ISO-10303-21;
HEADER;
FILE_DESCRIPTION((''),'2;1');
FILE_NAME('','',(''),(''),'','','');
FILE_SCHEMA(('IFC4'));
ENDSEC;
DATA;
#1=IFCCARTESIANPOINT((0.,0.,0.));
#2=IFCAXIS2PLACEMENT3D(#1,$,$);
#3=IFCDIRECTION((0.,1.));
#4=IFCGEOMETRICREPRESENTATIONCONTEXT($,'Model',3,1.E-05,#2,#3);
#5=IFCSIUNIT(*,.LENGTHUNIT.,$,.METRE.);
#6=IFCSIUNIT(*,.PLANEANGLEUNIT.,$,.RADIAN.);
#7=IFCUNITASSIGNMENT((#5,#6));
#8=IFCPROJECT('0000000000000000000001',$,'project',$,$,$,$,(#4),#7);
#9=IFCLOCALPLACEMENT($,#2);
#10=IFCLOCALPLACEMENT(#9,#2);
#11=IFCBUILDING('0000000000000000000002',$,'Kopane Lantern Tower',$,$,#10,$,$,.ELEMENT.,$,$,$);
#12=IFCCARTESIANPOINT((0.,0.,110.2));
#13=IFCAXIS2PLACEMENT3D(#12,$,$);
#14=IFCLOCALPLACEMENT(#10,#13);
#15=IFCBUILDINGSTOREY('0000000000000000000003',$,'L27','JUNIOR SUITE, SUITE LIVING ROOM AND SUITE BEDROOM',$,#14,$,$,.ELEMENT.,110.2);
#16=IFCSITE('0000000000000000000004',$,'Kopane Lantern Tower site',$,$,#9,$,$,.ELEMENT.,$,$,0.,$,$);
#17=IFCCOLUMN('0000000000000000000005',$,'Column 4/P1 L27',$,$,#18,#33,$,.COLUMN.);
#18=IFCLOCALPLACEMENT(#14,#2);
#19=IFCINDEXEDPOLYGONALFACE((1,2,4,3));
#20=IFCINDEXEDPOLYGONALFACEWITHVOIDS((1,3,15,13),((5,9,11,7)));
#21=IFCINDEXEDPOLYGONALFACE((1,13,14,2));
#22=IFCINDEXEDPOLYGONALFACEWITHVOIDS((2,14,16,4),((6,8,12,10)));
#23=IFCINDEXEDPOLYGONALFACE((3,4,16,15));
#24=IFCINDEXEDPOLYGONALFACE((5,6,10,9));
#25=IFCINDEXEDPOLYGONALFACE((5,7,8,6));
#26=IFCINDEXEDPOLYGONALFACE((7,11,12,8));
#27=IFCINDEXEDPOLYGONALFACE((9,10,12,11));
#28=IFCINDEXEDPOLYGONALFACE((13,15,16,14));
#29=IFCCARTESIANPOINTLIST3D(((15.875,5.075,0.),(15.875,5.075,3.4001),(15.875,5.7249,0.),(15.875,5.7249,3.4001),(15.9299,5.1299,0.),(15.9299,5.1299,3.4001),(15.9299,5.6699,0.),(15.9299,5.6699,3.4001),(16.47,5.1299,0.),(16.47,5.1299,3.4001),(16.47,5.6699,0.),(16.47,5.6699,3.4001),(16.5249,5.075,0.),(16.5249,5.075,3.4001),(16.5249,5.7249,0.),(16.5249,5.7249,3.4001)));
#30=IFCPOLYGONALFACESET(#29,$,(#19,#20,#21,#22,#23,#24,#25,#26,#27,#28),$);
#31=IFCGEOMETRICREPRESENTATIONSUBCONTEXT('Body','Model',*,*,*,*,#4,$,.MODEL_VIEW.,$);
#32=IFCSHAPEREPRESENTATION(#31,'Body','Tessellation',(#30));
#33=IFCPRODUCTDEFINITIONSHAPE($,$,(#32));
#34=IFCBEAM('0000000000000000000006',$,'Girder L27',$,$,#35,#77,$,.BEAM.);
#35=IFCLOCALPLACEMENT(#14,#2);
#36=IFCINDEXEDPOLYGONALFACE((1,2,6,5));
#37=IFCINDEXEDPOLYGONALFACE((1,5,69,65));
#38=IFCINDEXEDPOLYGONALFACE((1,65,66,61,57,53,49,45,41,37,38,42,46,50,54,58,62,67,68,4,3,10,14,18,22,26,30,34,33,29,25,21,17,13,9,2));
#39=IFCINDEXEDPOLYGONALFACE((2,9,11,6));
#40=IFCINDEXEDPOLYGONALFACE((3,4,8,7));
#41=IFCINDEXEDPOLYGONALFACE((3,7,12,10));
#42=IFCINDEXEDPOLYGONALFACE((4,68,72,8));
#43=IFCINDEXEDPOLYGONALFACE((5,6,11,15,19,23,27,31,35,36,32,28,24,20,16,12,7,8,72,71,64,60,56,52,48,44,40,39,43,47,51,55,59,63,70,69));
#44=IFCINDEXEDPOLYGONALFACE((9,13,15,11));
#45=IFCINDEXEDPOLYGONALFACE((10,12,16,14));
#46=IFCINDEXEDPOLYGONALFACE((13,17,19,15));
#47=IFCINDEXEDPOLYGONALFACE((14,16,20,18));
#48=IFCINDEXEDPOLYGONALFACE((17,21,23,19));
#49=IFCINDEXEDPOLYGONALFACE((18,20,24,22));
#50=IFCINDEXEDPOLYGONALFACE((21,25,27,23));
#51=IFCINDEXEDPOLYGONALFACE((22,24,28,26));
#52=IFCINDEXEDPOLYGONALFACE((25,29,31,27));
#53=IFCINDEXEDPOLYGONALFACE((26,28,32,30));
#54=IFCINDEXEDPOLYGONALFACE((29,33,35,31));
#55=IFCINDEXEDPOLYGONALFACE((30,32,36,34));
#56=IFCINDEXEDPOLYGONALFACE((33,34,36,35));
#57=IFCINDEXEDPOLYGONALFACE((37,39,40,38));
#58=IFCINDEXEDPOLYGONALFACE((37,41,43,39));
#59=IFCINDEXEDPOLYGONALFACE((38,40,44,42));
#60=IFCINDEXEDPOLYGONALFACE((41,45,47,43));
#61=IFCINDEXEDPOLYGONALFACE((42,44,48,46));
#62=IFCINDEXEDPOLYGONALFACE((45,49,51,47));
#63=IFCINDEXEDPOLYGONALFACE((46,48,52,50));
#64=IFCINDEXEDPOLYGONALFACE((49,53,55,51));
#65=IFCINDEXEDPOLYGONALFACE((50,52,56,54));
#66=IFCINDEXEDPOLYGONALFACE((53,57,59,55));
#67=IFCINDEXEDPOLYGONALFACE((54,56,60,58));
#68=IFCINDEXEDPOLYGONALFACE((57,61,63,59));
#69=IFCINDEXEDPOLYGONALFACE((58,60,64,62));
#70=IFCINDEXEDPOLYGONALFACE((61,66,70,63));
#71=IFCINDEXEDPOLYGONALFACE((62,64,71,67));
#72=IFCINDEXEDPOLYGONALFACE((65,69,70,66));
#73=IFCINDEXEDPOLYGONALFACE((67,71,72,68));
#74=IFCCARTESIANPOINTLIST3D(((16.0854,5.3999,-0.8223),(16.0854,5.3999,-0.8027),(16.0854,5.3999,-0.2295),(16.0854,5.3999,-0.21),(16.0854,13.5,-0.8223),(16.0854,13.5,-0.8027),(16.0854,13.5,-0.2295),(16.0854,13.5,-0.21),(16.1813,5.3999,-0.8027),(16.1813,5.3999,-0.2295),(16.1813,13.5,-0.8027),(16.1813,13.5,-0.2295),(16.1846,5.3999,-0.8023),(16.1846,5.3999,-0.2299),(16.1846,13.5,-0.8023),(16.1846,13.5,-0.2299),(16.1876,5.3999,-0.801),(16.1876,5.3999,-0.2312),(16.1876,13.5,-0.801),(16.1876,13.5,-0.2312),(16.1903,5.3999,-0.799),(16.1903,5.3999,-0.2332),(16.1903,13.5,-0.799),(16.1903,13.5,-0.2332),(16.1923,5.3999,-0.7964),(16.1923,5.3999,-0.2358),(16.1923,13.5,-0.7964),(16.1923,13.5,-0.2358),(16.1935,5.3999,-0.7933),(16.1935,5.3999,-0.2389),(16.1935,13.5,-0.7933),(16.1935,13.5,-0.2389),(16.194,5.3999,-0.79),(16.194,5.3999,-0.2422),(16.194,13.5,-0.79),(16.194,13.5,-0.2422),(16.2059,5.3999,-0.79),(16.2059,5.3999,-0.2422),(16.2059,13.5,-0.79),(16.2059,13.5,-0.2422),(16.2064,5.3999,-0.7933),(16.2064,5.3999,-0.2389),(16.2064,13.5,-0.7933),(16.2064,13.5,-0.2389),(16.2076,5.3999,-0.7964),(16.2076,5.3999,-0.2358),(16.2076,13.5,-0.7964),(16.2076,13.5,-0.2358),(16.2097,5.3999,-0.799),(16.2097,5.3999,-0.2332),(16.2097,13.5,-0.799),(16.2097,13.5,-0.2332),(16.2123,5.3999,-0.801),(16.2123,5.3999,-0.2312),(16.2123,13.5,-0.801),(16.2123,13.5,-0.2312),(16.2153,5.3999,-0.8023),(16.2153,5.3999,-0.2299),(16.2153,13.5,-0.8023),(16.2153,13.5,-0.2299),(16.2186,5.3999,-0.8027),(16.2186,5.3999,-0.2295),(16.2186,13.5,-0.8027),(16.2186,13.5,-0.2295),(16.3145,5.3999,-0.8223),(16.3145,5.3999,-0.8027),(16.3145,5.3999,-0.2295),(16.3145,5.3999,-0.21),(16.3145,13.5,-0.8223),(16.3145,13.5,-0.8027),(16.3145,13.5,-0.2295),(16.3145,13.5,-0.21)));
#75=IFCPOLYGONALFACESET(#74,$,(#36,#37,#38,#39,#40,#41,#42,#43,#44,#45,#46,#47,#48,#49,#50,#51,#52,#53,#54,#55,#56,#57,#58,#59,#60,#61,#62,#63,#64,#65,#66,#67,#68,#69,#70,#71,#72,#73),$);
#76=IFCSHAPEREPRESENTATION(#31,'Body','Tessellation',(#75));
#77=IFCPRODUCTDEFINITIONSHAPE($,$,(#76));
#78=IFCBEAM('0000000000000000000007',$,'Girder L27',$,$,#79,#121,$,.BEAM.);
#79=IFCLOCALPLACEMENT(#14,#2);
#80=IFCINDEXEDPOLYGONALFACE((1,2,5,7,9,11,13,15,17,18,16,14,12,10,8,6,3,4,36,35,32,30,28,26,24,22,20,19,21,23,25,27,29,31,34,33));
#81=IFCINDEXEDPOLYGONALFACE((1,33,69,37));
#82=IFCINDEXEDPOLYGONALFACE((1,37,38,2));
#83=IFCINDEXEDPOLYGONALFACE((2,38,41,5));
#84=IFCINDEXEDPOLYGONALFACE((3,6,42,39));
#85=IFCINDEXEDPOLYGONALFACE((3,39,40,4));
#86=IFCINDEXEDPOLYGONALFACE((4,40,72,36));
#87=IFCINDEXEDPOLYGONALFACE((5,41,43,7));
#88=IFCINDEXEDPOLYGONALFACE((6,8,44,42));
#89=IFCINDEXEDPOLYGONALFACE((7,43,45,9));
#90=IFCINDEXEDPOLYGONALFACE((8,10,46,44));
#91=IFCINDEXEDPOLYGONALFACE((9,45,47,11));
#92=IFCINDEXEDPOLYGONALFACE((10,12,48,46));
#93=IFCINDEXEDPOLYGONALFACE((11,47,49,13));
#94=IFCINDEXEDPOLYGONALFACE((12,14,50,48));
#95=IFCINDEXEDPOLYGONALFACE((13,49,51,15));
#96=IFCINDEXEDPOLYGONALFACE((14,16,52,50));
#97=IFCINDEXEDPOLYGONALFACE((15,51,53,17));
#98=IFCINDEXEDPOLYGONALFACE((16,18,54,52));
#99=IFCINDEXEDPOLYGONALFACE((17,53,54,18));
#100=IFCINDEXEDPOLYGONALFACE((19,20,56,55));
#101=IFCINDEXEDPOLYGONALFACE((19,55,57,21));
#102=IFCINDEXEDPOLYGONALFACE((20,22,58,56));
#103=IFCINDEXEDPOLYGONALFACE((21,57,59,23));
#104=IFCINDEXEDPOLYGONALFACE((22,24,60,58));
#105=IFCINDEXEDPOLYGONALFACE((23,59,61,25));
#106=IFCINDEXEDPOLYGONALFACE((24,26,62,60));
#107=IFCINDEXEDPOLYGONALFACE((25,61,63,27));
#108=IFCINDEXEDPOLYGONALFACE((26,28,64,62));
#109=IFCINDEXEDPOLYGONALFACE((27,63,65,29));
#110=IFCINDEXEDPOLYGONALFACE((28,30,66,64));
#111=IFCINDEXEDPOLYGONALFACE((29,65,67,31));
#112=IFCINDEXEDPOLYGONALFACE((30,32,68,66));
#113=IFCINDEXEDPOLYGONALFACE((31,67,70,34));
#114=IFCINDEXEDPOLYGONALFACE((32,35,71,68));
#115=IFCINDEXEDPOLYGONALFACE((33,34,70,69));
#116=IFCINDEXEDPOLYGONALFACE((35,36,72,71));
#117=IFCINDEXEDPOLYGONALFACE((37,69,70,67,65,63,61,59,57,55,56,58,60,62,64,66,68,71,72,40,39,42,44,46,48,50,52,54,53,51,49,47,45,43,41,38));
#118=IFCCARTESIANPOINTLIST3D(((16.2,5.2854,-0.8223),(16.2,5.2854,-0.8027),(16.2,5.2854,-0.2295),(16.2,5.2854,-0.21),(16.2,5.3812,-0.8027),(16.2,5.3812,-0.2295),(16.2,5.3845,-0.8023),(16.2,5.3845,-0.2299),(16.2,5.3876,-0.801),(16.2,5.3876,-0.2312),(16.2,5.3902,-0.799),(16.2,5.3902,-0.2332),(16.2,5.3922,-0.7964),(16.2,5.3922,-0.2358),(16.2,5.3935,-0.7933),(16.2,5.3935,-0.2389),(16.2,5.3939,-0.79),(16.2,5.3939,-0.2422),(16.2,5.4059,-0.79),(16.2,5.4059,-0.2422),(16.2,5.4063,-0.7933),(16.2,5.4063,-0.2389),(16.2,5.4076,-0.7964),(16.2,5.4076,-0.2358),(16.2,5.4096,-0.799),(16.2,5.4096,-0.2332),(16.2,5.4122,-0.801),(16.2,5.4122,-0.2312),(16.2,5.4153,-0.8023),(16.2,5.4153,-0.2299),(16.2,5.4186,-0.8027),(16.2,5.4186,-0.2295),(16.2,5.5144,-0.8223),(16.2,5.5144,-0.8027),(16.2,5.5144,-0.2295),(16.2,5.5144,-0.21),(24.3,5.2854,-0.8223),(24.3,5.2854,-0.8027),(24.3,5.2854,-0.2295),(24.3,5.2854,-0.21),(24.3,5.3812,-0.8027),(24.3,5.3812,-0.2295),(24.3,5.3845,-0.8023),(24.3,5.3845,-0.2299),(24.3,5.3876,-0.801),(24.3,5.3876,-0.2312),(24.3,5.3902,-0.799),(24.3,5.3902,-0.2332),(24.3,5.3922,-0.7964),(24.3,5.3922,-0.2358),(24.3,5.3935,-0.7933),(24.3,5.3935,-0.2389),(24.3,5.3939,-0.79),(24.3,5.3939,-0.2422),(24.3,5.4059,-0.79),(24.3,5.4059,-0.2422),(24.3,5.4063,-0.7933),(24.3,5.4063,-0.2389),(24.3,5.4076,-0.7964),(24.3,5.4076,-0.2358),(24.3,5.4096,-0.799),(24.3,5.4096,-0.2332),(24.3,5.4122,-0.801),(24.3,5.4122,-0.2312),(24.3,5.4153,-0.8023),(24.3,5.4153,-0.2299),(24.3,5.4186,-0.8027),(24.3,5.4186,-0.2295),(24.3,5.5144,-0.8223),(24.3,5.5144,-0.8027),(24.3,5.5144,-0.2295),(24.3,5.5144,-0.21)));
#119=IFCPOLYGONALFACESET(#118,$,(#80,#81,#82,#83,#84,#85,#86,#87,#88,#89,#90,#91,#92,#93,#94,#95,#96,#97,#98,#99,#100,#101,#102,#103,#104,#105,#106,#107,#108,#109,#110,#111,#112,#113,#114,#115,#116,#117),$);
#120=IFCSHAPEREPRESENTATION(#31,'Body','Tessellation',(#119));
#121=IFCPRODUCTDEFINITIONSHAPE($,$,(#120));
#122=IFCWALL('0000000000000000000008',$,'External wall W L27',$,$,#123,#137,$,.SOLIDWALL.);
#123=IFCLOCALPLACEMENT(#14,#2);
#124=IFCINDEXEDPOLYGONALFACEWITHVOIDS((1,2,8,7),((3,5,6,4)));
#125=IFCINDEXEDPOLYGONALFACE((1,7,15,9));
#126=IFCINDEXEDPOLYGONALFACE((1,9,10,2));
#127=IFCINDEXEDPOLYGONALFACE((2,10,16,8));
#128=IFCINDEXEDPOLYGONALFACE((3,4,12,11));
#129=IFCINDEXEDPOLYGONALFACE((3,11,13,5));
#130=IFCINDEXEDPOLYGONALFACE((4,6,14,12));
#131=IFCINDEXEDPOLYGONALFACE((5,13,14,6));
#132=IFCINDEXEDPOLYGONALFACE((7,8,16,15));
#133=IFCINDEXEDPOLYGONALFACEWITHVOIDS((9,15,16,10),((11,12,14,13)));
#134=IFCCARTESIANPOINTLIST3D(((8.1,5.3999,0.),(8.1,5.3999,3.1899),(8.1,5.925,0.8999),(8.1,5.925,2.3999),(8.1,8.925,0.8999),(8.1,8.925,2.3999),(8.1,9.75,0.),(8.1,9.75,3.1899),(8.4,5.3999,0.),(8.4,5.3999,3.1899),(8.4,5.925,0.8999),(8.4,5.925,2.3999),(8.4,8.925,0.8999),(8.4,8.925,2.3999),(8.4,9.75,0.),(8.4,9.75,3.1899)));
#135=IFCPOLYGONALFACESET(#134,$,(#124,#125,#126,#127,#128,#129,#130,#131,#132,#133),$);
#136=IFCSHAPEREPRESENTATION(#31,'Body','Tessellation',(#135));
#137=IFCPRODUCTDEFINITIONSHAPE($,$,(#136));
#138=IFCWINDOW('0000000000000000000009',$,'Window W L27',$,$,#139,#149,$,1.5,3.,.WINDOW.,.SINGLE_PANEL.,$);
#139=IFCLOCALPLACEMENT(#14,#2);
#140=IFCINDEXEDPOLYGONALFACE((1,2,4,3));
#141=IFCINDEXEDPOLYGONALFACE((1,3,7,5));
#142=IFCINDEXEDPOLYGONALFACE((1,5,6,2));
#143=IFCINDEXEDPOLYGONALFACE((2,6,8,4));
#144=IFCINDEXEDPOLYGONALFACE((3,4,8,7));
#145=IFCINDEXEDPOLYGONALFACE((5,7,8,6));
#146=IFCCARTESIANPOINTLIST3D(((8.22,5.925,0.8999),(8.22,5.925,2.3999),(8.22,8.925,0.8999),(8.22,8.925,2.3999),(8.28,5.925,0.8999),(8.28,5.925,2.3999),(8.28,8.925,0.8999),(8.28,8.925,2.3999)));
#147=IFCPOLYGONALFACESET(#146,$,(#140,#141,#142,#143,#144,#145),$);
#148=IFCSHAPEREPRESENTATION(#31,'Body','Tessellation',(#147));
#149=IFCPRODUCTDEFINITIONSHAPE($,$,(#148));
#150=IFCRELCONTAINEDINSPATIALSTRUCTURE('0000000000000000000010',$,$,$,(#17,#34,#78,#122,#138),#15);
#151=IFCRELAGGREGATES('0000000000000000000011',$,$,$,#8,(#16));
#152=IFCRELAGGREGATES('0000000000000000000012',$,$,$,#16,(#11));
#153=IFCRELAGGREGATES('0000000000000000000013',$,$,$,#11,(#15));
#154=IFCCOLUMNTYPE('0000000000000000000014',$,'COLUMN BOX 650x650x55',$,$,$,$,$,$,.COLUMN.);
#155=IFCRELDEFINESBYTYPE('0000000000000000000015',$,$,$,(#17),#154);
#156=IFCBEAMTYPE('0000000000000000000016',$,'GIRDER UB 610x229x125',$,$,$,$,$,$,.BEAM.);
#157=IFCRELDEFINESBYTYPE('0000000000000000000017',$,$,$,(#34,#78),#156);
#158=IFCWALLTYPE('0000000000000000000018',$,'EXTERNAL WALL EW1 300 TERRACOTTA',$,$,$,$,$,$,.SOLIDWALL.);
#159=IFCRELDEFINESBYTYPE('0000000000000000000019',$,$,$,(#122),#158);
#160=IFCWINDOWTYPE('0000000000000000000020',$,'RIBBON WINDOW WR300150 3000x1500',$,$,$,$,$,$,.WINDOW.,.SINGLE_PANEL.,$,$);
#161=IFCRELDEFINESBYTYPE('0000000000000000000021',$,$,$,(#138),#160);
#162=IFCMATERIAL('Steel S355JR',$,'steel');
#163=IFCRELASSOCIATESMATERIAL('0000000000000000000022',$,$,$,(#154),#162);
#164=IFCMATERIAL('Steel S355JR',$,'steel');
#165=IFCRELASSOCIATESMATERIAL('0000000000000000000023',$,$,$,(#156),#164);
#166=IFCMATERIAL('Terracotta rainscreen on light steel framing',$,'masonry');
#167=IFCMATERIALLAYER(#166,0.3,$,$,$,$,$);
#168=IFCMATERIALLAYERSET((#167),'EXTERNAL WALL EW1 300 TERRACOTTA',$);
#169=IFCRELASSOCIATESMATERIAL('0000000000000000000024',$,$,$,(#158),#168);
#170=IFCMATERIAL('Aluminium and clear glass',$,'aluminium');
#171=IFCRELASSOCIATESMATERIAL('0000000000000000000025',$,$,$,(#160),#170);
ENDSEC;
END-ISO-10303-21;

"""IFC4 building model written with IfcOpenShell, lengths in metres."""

from ifc_helpers import new_model, si_unit, direction, frame, frame_2d, origin, origin_2d, place, context, subcontext, project, spatial, rectangle, hollow_rectangle, i_section, extrude, material, layer, layer_set, material_profile, profile_set, type_object, element, fill, save


model = new_model("IFC4")

# Units and contexts
model_context = context("Model", 3, precision=1e-05, world=origin(), true_north=direction((0.0, 1.0)))
body_context = subcontext(model_context, "Body", "Model", "MODEL_VIEW")
ifc_project = project(units=[si_unit("LENGTHUNIT", "METRE"), si_unit("PLANEANGLEUNIT", "RADIAN")], contexts=[model_context])

# Site, building, storey
site_placement = place(None, origin())
site = spatial("IfcSite", under=ifc_project, at=site_placement, Name="Kopane Lantern Tower site", CompositionType="ELEMENT", RefElevation=0.0)
building_placement = place(site_placement, origin())
building = spatial("IfcBuilding", under=site, at=building_placement, Name="Kopane Lantern Tower", CompositionType="ELEMENT")
storey_placement = place(building_placement, frame((0.0, 0.0, 110.2)))
storey = spatial("IfcBuildingStorey", under=building, at=storey_placement, Name="L27", Description="JUNIOR SUITE, SUITE LIVING ROOM AND SUITE BEDROOM", CompositionType="ELEMENT", Elevation=110.2)

# Column
ifc_material_1 = material(Name="Steel S355JR", Category="steel")
ifc_material_profile_1 = material_profile(ifc_material_1, hollow_rectangle(XDim=0.6499, YDim=0.6499, WallThickness=0.0549, at=origin_2d()), Name="BOX 650x650x55")
ifc_profile_set_1 = profile_set([ifc_material_profile_1], Name="Steel S355JR")
column_type = type_object("IfcColumnType", Name="COLUMN BOX 650x650x55", PredefinedType="COLUMN", material=ifc_profile_set_1)
column_placement = place(storey_placement, frame((16.2, 5.3999, 0.0), z_axis=(0.0, 0.0, 1.0), x_axis=(1.0, 0.0, 0.0)))
element("IfcColumn", 1, at=column_placement, inside=storey, type_object=column_type, Name="Column 4/P1 L27", PredefinedType="COLUMN", context=body_context, shape_type="SweptSolid", body=[
    extrude(hollow_rectangle(XDim=0.6499, YDim=0.6499, WallThickness=0.0549, at=origin_2d()), origin(), (0.0, 0.0, 1.0), 3.4001),
])

# Beams
ifc_material_2 = material(Name="Steel S355JR", Category="steel")
ifc_material_profile_2 = material_profile(ifc_material_2, i_section(OverallWidth=0.229, OverallDepth=0.6123, WebThickness=0.012, FlangeThickness=0.0195, FilletRadius=0.0127, at=origin_2d()), Name="UB 610x229x125")
ifc_profile_set_2 = profile_set([ifc_material_profile_2], Name="Steel S355JR")
beam_type = type_object("IfcBeamType", Name="GIRDER UB 610x229x125", PredefinedType="BEAM", material=ifc_profile_set_2)
for number, where, z_axis, x_axis, name in (
    (2, (16.2, 5.3999, -0.5161), (0.0, 1.0, 0.0), (-1.0, 0.0, 0.0), "Girder L27"),
    (3, (16.2, 5.3999, -0.5161), (1.0, 0.0, 0.0), (0.0, 1.0, 0.0), "Girder L27"),
):
    element("IfcBeam", number, at=place(storey_placement, frame(where, z_axis=z_axis, x_axis=x_axis)), inside=storey, type_object=beam_type, Name=name, PredefinedType="BEAM", context=body_context, shape_type="SweptSolid", body=[
        extrude(i_section(OverallWidth=0.229, OverallDepth=0.6123, WebThickness=0.012, FlangeThickness=0.0195, FilletRadius=0.0127, at=origin_2d()), origin(), (0.0, 0.0, 1.0), 8.1001),
    ])

# Shared definitions
ifc_material_3 = material(Name="Terracotta rainscreen on light steel framing", Category="masonry")
ifc_layer = layer(ifc_material_3, 0.3)
ifc_layer_set = layer_set([ifc_layer], Name="EXTERNAL WALL EW1 300 TERRACOTTA")
wall_type = type_object("IfcWallType", Name="EXTERNAL WALL EW1 300 TERRACOTTA", PredefinedType="SOLIDWALL", material=ifc_layer_set)

# Wall, opening, window
wall_1_placement = place(storey_placement, frame((8.25, 9.75, 0.0), z_axis=(0.0, 0.0, 1.0), x_axis=(0.0, -1.0, 0.0)))
wall_1 = element("IfcWall", 4, at=wall_1_placement, inside=storey, type_object=wall_type, Name="External wall W L27", PredefinedType="SOLIDWALL", context=body_context, shape_type="SweptSolid", body=[
    extrude(rectangle(XDim=4.3501, YDim=0.3, at=frame_2d((2.175, 0.0))), origin(), (0.0, 0.0, 1.0), 3.1899),
])
opening_1_placement = place(wall_1_placement, frame((0.825, 0.0, 0.8999)))
opening_1 = element("IfcOpeningElement", 5, at=opening_1_placement, cuts=wall_1, PredefinedType="OPENING", context=body_context, shape_type="SweptSolid", body=[
    extrude(rectangle(XDim=3.0, YDim=1.5, at=frame_2d((1.5, 0.75))), frame((0.0, 0.1599, 0.0), z_axis=(0.0, -1.0, 0.0), x_axis=(1.0, 0.0, 0.0)), (0.0, 0.0, 1.0), 0.3201),
])
ifc_material_4 = material(Name="Aluminium and clear glass", Category="aluminium")
window_type_1 = type_object("IfcWindowType", Name="RIBBON WINDOW WR300150 3000x1500", PartitioningType="SINGLE_PANEL", PredefinedType="WINDOW", material=ifc_material_4)
window_1_placement = place(opening_1_placement, origin())
window_1 = element("IfcWindow", 6, at=window_1_placement, inside=storey, type_object=window_type_1, Name="Window W L27", OverallHeight=1.5, OverallWidth=3.0, PartitioningType="SINGLE_PANEL", PredefinedType="WINDOW", context=body_context, shape_type="SweptSolid", body=[
    extrude(rectangle(XDim=3.0, YDim=1.5, at=frame_2d((1.5, 0.75))), frame((0.0, 0.03, 0.0), z_axis=(0.0, -1.0, 0.0), x_axis=(1.0, 0.0, 0.0)), (0.0, 0.0, 1.0), 0.0601),
])
fill(opening_1, window_1)

save(model, "model.ifc")
